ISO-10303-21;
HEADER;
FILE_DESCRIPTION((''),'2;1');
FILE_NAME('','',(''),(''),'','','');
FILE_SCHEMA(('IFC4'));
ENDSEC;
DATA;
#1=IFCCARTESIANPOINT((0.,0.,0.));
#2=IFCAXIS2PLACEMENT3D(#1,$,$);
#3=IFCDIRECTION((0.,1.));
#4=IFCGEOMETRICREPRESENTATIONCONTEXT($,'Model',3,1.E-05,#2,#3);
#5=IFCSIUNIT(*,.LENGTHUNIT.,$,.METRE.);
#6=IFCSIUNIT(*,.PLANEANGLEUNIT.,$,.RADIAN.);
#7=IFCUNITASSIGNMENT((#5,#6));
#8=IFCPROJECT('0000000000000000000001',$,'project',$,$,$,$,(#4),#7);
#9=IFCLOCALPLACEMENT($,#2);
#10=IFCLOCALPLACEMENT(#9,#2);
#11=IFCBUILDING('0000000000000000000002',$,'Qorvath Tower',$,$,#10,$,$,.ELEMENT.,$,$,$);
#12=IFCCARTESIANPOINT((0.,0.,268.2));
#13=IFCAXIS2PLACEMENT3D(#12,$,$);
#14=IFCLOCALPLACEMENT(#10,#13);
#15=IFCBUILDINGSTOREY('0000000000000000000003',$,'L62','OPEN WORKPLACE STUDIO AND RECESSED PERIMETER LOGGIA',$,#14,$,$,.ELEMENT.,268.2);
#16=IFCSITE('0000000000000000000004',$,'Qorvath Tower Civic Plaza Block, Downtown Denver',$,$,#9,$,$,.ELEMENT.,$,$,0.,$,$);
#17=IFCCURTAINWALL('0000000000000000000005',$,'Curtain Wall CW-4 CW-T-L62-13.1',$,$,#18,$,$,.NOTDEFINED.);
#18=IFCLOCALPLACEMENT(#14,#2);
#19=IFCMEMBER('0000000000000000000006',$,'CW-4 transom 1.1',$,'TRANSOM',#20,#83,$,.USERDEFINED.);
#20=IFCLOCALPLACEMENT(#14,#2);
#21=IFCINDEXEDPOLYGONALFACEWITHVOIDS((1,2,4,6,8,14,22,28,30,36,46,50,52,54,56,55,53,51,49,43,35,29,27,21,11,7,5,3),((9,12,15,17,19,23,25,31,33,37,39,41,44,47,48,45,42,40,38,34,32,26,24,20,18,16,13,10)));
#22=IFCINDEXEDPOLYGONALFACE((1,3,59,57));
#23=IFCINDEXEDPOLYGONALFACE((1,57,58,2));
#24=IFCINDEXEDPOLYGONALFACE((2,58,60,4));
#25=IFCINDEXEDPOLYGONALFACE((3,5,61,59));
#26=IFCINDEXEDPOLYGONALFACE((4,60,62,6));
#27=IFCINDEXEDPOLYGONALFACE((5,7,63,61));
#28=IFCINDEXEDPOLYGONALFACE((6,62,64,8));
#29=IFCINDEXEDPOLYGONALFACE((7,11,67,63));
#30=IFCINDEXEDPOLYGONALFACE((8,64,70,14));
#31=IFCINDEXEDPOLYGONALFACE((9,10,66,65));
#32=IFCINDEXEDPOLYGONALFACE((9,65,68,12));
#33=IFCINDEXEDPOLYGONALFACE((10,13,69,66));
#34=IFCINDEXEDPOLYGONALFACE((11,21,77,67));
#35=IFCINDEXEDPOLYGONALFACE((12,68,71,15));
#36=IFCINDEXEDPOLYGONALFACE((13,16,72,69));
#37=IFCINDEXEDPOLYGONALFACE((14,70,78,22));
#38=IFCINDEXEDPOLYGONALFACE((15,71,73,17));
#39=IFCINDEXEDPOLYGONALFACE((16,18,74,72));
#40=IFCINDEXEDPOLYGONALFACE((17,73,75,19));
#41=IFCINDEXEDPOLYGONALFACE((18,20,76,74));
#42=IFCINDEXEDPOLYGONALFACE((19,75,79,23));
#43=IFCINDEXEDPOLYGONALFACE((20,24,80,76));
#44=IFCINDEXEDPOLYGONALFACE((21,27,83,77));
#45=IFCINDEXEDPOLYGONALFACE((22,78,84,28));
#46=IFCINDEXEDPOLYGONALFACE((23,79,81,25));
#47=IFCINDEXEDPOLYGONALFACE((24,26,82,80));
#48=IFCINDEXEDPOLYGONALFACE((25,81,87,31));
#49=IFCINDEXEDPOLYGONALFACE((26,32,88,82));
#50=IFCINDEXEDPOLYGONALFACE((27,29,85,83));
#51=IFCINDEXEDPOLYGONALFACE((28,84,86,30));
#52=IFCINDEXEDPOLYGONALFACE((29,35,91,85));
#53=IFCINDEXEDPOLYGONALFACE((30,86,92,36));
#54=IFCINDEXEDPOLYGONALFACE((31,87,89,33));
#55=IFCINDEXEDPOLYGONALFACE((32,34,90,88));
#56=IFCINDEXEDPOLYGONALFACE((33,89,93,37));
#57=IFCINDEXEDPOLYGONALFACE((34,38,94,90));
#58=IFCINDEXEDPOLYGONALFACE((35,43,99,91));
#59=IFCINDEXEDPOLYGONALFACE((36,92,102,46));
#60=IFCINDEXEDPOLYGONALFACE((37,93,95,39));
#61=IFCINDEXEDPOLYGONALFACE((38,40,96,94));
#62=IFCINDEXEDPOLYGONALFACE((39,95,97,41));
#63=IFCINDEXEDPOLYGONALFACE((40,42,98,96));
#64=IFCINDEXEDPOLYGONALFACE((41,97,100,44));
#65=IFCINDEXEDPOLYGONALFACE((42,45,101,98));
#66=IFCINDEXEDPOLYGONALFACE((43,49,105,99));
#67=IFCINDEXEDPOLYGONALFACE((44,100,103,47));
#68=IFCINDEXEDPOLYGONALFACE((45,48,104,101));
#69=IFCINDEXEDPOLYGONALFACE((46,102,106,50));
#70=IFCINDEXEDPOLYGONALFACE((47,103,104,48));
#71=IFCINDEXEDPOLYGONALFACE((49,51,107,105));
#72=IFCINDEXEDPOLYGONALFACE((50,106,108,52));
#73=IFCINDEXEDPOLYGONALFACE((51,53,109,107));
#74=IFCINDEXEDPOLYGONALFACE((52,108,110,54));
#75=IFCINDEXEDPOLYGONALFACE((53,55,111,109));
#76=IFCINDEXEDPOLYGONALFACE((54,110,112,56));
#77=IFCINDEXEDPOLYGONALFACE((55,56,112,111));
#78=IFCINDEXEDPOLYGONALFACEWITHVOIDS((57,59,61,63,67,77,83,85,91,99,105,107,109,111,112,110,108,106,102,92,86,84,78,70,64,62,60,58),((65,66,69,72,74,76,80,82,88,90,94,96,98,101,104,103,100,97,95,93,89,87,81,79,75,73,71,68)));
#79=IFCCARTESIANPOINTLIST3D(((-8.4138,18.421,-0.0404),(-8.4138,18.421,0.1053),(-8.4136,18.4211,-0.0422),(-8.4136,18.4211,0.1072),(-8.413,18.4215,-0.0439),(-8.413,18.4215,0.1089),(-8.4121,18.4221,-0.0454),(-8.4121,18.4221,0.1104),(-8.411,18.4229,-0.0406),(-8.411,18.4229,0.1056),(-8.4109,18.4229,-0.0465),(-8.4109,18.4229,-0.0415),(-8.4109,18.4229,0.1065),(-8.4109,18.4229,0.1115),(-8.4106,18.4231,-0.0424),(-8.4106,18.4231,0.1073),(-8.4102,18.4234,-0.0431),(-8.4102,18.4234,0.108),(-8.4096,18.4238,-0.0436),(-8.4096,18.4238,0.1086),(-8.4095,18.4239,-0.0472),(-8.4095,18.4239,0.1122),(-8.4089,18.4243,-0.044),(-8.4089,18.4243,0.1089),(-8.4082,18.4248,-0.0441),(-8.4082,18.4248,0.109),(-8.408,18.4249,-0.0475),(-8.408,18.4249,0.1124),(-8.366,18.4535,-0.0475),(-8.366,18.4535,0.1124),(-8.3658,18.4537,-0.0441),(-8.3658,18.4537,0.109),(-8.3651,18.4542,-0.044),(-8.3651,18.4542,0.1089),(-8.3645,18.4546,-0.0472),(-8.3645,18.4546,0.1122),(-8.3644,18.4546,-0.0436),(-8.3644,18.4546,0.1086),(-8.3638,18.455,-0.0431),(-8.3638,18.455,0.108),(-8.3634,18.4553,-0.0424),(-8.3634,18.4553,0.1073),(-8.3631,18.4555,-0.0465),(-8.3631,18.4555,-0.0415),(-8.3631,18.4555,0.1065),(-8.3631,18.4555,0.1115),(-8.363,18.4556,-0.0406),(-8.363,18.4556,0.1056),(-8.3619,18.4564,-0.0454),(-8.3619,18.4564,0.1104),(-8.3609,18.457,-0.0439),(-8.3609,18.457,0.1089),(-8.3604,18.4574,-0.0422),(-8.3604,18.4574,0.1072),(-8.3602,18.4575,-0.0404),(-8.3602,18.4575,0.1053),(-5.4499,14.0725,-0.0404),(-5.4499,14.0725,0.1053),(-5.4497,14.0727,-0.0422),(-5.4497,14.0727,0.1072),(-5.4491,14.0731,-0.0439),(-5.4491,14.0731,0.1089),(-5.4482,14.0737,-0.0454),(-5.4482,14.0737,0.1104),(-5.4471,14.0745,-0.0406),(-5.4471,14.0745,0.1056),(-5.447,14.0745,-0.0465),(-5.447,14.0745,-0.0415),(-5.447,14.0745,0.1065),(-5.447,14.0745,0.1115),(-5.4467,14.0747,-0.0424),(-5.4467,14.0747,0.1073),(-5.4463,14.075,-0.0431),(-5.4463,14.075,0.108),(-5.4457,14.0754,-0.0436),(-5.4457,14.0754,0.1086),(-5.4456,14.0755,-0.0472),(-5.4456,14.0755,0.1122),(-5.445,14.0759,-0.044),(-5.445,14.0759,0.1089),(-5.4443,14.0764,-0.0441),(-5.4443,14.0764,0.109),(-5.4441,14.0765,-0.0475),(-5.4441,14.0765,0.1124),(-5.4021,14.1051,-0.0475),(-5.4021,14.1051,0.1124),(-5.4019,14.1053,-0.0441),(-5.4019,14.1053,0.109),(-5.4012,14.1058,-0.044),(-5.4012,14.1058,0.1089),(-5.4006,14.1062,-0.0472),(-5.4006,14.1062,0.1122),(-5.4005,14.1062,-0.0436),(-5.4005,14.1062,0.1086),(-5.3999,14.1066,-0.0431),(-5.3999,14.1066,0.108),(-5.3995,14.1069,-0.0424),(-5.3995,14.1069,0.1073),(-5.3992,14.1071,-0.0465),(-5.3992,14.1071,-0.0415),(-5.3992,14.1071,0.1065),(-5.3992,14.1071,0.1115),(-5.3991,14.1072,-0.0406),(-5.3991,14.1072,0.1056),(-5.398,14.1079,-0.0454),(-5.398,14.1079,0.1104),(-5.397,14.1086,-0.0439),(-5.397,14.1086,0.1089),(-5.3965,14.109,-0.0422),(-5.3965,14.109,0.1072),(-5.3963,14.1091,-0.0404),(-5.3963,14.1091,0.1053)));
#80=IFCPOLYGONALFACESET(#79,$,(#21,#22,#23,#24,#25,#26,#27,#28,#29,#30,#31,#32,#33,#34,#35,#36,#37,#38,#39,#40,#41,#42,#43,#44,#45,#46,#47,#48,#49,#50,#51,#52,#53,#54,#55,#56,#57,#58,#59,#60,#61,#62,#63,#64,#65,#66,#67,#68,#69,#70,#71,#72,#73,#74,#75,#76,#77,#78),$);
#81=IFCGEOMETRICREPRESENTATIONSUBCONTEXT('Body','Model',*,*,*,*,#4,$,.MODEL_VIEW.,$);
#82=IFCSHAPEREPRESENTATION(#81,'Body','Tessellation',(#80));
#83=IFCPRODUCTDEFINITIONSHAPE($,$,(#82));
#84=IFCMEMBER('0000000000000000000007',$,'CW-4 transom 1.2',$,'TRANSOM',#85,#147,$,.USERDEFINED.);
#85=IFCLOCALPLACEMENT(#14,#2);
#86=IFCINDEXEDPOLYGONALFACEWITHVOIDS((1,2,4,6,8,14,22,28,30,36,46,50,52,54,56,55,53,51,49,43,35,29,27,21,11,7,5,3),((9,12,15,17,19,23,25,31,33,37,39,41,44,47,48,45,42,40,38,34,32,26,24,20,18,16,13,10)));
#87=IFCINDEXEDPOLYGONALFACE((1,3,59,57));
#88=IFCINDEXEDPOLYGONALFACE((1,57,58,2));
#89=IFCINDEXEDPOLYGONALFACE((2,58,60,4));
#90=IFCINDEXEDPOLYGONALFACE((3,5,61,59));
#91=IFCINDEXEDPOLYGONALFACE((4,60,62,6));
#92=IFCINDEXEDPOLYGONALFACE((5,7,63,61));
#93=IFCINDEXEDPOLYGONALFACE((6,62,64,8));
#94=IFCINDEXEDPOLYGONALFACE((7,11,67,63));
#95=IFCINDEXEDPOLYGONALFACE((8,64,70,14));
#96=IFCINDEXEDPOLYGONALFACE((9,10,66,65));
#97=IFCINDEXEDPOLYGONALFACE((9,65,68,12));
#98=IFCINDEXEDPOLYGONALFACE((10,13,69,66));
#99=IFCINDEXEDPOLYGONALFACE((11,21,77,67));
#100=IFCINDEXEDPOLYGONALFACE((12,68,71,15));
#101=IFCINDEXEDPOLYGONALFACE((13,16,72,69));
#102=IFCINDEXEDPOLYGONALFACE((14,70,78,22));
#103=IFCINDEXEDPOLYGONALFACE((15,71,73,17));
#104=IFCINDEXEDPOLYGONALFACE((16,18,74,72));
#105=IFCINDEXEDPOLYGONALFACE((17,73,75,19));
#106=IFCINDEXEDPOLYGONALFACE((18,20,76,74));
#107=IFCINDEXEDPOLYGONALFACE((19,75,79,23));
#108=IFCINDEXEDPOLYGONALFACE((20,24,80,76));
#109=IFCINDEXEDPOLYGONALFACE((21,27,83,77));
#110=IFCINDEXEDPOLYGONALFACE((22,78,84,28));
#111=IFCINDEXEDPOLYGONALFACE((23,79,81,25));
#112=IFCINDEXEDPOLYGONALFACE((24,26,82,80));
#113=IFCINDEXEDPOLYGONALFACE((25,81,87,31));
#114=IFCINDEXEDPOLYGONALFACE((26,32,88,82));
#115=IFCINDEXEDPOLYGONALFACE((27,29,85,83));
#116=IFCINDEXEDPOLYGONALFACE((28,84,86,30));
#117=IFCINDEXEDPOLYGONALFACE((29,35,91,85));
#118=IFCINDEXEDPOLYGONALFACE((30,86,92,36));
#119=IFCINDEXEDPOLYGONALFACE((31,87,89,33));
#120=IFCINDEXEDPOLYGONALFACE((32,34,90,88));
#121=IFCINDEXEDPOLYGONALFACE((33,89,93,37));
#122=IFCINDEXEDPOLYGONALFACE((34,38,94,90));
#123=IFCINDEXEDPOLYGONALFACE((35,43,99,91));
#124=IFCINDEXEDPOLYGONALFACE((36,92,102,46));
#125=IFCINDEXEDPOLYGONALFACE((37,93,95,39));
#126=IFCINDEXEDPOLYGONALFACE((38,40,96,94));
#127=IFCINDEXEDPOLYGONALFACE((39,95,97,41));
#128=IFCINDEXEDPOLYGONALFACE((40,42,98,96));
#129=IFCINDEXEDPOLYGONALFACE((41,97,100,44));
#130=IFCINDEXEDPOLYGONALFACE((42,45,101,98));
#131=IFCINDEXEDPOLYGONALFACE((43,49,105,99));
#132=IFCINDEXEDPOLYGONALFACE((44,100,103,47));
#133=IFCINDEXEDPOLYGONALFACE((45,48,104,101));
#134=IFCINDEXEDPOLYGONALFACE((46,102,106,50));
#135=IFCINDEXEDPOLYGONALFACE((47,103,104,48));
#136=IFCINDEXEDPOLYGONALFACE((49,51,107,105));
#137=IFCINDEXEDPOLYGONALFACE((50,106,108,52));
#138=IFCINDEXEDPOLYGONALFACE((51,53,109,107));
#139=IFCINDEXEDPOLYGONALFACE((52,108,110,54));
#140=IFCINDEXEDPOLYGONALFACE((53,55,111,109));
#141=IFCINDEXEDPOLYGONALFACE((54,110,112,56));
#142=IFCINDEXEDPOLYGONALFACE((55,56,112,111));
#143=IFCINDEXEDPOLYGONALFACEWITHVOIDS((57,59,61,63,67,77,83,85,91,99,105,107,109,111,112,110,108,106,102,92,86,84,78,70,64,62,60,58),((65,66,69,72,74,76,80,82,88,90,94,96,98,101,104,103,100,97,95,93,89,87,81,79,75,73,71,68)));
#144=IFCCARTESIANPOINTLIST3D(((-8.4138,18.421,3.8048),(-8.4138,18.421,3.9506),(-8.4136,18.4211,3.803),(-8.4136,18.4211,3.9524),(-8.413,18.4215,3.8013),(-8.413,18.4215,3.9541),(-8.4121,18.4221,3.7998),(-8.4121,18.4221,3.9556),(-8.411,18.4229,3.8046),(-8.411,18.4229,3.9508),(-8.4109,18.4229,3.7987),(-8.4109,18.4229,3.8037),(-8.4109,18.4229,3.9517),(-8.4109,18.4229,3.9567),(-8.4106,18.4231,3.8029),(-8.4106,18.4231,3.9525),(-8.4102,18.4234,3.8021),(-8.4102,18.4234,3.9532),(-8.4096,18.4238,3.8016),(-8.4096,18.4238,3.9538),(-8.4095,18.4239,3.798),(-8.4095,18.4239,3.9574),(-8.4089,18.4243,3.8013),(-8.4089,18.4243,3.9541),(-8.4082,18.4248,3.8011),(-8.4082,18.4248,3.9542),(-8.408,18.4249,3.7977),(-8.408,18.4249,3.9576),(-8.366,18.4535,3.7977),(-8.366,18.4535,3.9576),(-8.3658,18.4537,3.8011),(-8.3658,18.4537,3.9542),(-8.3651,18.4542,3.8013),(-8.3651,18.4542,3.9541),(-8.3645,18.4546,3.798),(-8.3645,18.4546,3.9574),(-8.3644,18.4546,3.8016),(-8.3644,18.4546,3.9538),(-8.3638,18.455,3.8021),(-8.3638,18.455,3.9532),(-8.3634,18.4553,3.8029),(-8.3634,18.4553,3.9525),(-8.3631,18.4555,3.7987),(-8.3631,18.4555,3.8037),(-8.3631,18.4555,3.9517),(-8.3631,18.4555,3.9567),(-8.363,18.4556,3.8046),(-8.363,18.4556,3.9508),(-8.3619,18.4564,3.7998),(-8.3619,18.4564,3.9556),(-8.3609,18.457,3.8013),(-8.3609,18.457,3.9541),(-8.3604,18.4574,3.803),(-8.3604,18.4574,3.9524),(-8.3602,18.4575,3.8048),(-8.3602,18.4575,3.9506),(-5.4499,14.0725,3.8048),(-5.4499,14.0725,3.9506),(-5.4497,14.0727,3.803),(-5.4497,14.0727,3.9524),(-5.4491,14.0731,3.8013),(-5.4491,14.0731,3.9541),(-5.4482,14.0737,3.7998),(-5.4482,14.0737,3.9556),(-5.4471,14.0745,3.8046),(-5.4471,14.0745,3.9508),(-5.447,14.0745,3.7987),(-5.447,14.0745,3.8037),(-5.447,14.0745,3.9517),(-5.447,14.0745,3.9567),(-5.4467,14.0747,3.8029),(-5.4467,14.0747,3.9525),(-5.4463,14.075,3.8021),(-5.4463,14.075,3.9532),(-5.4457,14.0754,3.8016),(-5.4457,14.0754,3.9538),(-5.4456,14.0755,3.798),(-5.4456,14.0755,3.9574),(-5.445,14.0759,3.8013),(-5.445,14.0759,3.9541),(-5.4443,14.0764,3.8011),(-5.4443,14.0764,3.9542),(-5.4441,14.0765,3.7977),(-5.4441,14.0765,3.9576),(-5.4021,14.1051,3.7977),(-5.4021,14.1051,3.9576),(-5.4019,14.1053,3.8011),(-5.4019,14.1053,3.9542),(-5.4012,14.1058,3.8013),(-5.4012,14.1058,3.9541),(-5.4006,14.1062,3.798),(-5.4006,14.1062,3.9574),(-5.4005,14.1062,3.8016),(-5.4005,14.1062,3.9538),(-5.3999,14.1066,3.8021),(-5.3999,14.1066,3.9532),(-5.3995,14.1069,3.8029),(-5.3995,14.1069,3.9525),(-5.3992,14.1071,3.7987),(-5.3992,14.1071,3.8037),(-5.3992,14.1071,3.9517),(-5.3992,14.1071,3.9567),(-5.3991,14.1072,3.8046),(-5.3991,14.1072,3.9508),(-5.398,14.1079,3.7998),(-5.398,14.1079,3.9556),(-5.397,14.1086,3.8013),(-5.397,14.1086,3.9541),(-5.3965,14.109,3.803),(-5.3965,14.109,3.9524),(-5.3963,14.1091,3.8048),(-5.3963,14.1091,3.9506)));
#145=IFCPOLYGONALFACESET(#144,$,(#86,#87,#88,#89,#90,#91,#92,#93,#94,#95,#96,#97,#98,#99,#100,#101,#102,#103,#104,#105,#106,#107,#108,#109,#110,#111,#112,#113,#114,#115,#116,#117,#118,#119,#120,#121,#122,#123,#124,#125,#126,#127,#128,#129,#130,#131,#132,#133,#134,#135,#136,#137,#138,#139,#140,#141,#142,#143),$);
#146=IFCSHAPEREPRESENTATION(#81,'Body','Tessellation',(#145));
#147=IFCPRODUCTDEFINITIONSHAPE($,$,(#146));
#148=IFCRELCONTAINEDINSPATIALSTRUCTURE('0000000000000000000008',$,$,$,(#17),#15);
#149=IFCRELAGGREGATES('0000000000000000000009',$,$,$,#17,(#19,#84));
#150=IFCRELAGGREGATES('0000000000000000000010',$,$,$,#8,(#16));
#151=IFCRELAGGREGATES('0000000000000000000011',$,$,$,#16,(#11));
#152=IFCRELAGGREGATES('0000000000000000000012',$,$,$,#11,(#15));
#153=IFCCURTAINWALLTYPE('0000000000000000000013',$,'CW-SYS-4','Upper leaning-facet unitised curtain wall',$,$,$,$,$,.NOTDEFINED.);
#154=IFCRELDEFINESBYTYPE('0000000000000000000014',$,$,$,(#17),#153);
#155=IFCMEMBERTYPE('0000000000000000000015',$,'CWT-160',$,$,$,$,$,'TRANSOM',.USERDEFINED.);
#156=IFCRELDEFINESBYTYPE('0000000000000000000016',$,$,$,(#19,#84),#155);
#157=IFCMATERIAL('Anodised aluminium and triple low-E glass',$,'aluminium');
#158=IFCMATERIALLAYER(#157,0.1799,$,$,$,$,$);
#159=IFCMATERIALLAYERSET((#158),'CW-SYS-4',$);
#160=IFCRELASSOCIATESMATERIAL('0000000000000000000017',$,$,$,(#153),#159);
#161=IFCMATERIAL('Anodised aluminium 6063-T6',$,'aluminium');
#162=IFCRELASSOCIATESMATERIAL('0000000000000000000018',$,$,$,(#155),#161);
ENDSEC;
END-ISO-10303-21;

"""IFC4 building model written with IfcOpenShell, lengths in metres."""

from ifc_helpers import new_model, si_unit, direction, frame, origin, origin_2d, place, context, subcontext, project, spatial, hollow_rectangle, extrude, material, layer, layer_set, material_profile, profile_set, type_object, element, aggregate, save


model = new_model("IFC4")

# Units and contexts
model_context = context("Model", 3, precision=1e-05, world=origin(), true_north=direction((0.0, 1.0)))
body_context = subcontext(model_context, "Body", "Model", "MODEL_VIEW")
ifc_project = project(units=[si_unit("LENGTHUNIT", "METRE"), si_unit("PLANEANGLEUNIT", "RADIAN")], contexts=[model_context])

# Site, building, storey
site_placement = place(None, origin())
site = spatial("IfcSite", under=ifc_project, at=site_placement, Name="Qorvath Tower Civic Plaza Block, Downtown Denver", CompositionType="ELEMENT", RefElevation=0.0)
building_placement = place(site_placement, origin())
building = spatial("IfcBuilding", under=site, at=building_placement, Name="Qorvath Tower", CompositionType="ELEMENT")
storey_placement = place(building_placement, frame((0.0, 0.0, 268.2)))
storey = spatial("IfcBuildingStorey", under=building, at=storey_placement, Name="L62", Description="OPEN WORKPLACE STUDIO AND RECESSED PERIMETER LOGGIA", CompositionType="ELEMENT", Elevation=268.2)

# Shared definitions
ifc_material_1 = material(Name="Anodised aluminium and triple low-E glass", Category="aluminium")
ifc_layer_1 = layer(ifc_material_1, 0.1799)
ifc_layer_set_1 = layer_set([ifc_layer_1], Name="CW-SYS-4")
curtain_wall_type = type_object("IfcCurtainWallType", Name="CW-SYS-4", Description="Upper leaning-facet unitised curtain wall", PredefinedType="NOTDEFINED", material=ifc_layer_set_1)

# Curtain wall
curtain_wall_1_placement = place(storey_placement, origin())
curtain_wall_1 = element("IfcCurtainWall", 1, at=curtain_wall_1_placement, inside=storey, type_object=curtain_wall_type, Name="Curtain Wall CW-4 CW-T-L62-13.1", PredefinedType="NOTDEFINED")

# Members
ifc_material_2 = material(Name="Anodised aluminium 6063-T6", Category="aluminium")
ifc_material_profile_1 = material_profile(ifc_material_2, hollow_rectangle(XDim=0.0649, YDim=0.1599, WallThickness=0.0034, InnerFilletRadius=0.0034, OuterFilletRadius=0.0071, at=origin_2d()), Name="CWT 160x65")
ifc_profile_set_1 = profile_set([ifc_material_profile_1], Name="Anodised aluminium 6063-T6")
member_type_1 = type_object("IfcMemberType", Name="CWT-160", ElementType="TRANSOM", PredefinedType="USERDEFINED", material=ifc_profile_set_1)
member_1_placement = place(storey_placement, frame((-5.4231, 14.0908, 0.0325), z_axis=(-0.563214, 0.826311, 0.0), x_axis=(-0.826311, -0.563214, 0.0)))
member_1 = element("IfcMember", 2, at=member_1_placement, type_object=member_type_1, Name="CW-4 transom 1.1", ObjectType="TRANSOM", PredefinedType="USERDEFINED", context=body_context, shape_type="SweptSolid", body=[
    extrude(hollow_rectangle(XDim=0.0649, YDim=0.1599, WallThickness=0.0034, InnerFilletRadius=0.0034, OuterFilletRadius=0.0071, at=origin_2d()), origin(), (0.0, 0.0, 1.0), 5.2625),
])
member_2_placement = place(storey_placement, frame((-5.4231, 14.0908, 3.8777), z_axis=(-0.563214, 0.826311, 0.0), x_axis=(-0.826311, -0.563214, 0.0)))
member_2 = element("IfcMember", 3, at=member_2_placement, type_object=member_type_1, Name="CW-4 transom 1.2", ObjectType="TRANSOM", PredefinedType="USERDEFINED", context=body_context, shape_type="SweptSolid", body=[
    extrude(hollow_rectangle(XDim=0.0649, YDim=0.1599, WallThickness=0.0034, InnerFilletRadius=0.0034, OuterFilletRadius=0.0071, at=origin_2d()), origin(), (0.0, 0.0, 1.0), 5.2625),
])

aggregate(curtain_wall_1, [member_1, member_2])

save(model, "model.ifc")
